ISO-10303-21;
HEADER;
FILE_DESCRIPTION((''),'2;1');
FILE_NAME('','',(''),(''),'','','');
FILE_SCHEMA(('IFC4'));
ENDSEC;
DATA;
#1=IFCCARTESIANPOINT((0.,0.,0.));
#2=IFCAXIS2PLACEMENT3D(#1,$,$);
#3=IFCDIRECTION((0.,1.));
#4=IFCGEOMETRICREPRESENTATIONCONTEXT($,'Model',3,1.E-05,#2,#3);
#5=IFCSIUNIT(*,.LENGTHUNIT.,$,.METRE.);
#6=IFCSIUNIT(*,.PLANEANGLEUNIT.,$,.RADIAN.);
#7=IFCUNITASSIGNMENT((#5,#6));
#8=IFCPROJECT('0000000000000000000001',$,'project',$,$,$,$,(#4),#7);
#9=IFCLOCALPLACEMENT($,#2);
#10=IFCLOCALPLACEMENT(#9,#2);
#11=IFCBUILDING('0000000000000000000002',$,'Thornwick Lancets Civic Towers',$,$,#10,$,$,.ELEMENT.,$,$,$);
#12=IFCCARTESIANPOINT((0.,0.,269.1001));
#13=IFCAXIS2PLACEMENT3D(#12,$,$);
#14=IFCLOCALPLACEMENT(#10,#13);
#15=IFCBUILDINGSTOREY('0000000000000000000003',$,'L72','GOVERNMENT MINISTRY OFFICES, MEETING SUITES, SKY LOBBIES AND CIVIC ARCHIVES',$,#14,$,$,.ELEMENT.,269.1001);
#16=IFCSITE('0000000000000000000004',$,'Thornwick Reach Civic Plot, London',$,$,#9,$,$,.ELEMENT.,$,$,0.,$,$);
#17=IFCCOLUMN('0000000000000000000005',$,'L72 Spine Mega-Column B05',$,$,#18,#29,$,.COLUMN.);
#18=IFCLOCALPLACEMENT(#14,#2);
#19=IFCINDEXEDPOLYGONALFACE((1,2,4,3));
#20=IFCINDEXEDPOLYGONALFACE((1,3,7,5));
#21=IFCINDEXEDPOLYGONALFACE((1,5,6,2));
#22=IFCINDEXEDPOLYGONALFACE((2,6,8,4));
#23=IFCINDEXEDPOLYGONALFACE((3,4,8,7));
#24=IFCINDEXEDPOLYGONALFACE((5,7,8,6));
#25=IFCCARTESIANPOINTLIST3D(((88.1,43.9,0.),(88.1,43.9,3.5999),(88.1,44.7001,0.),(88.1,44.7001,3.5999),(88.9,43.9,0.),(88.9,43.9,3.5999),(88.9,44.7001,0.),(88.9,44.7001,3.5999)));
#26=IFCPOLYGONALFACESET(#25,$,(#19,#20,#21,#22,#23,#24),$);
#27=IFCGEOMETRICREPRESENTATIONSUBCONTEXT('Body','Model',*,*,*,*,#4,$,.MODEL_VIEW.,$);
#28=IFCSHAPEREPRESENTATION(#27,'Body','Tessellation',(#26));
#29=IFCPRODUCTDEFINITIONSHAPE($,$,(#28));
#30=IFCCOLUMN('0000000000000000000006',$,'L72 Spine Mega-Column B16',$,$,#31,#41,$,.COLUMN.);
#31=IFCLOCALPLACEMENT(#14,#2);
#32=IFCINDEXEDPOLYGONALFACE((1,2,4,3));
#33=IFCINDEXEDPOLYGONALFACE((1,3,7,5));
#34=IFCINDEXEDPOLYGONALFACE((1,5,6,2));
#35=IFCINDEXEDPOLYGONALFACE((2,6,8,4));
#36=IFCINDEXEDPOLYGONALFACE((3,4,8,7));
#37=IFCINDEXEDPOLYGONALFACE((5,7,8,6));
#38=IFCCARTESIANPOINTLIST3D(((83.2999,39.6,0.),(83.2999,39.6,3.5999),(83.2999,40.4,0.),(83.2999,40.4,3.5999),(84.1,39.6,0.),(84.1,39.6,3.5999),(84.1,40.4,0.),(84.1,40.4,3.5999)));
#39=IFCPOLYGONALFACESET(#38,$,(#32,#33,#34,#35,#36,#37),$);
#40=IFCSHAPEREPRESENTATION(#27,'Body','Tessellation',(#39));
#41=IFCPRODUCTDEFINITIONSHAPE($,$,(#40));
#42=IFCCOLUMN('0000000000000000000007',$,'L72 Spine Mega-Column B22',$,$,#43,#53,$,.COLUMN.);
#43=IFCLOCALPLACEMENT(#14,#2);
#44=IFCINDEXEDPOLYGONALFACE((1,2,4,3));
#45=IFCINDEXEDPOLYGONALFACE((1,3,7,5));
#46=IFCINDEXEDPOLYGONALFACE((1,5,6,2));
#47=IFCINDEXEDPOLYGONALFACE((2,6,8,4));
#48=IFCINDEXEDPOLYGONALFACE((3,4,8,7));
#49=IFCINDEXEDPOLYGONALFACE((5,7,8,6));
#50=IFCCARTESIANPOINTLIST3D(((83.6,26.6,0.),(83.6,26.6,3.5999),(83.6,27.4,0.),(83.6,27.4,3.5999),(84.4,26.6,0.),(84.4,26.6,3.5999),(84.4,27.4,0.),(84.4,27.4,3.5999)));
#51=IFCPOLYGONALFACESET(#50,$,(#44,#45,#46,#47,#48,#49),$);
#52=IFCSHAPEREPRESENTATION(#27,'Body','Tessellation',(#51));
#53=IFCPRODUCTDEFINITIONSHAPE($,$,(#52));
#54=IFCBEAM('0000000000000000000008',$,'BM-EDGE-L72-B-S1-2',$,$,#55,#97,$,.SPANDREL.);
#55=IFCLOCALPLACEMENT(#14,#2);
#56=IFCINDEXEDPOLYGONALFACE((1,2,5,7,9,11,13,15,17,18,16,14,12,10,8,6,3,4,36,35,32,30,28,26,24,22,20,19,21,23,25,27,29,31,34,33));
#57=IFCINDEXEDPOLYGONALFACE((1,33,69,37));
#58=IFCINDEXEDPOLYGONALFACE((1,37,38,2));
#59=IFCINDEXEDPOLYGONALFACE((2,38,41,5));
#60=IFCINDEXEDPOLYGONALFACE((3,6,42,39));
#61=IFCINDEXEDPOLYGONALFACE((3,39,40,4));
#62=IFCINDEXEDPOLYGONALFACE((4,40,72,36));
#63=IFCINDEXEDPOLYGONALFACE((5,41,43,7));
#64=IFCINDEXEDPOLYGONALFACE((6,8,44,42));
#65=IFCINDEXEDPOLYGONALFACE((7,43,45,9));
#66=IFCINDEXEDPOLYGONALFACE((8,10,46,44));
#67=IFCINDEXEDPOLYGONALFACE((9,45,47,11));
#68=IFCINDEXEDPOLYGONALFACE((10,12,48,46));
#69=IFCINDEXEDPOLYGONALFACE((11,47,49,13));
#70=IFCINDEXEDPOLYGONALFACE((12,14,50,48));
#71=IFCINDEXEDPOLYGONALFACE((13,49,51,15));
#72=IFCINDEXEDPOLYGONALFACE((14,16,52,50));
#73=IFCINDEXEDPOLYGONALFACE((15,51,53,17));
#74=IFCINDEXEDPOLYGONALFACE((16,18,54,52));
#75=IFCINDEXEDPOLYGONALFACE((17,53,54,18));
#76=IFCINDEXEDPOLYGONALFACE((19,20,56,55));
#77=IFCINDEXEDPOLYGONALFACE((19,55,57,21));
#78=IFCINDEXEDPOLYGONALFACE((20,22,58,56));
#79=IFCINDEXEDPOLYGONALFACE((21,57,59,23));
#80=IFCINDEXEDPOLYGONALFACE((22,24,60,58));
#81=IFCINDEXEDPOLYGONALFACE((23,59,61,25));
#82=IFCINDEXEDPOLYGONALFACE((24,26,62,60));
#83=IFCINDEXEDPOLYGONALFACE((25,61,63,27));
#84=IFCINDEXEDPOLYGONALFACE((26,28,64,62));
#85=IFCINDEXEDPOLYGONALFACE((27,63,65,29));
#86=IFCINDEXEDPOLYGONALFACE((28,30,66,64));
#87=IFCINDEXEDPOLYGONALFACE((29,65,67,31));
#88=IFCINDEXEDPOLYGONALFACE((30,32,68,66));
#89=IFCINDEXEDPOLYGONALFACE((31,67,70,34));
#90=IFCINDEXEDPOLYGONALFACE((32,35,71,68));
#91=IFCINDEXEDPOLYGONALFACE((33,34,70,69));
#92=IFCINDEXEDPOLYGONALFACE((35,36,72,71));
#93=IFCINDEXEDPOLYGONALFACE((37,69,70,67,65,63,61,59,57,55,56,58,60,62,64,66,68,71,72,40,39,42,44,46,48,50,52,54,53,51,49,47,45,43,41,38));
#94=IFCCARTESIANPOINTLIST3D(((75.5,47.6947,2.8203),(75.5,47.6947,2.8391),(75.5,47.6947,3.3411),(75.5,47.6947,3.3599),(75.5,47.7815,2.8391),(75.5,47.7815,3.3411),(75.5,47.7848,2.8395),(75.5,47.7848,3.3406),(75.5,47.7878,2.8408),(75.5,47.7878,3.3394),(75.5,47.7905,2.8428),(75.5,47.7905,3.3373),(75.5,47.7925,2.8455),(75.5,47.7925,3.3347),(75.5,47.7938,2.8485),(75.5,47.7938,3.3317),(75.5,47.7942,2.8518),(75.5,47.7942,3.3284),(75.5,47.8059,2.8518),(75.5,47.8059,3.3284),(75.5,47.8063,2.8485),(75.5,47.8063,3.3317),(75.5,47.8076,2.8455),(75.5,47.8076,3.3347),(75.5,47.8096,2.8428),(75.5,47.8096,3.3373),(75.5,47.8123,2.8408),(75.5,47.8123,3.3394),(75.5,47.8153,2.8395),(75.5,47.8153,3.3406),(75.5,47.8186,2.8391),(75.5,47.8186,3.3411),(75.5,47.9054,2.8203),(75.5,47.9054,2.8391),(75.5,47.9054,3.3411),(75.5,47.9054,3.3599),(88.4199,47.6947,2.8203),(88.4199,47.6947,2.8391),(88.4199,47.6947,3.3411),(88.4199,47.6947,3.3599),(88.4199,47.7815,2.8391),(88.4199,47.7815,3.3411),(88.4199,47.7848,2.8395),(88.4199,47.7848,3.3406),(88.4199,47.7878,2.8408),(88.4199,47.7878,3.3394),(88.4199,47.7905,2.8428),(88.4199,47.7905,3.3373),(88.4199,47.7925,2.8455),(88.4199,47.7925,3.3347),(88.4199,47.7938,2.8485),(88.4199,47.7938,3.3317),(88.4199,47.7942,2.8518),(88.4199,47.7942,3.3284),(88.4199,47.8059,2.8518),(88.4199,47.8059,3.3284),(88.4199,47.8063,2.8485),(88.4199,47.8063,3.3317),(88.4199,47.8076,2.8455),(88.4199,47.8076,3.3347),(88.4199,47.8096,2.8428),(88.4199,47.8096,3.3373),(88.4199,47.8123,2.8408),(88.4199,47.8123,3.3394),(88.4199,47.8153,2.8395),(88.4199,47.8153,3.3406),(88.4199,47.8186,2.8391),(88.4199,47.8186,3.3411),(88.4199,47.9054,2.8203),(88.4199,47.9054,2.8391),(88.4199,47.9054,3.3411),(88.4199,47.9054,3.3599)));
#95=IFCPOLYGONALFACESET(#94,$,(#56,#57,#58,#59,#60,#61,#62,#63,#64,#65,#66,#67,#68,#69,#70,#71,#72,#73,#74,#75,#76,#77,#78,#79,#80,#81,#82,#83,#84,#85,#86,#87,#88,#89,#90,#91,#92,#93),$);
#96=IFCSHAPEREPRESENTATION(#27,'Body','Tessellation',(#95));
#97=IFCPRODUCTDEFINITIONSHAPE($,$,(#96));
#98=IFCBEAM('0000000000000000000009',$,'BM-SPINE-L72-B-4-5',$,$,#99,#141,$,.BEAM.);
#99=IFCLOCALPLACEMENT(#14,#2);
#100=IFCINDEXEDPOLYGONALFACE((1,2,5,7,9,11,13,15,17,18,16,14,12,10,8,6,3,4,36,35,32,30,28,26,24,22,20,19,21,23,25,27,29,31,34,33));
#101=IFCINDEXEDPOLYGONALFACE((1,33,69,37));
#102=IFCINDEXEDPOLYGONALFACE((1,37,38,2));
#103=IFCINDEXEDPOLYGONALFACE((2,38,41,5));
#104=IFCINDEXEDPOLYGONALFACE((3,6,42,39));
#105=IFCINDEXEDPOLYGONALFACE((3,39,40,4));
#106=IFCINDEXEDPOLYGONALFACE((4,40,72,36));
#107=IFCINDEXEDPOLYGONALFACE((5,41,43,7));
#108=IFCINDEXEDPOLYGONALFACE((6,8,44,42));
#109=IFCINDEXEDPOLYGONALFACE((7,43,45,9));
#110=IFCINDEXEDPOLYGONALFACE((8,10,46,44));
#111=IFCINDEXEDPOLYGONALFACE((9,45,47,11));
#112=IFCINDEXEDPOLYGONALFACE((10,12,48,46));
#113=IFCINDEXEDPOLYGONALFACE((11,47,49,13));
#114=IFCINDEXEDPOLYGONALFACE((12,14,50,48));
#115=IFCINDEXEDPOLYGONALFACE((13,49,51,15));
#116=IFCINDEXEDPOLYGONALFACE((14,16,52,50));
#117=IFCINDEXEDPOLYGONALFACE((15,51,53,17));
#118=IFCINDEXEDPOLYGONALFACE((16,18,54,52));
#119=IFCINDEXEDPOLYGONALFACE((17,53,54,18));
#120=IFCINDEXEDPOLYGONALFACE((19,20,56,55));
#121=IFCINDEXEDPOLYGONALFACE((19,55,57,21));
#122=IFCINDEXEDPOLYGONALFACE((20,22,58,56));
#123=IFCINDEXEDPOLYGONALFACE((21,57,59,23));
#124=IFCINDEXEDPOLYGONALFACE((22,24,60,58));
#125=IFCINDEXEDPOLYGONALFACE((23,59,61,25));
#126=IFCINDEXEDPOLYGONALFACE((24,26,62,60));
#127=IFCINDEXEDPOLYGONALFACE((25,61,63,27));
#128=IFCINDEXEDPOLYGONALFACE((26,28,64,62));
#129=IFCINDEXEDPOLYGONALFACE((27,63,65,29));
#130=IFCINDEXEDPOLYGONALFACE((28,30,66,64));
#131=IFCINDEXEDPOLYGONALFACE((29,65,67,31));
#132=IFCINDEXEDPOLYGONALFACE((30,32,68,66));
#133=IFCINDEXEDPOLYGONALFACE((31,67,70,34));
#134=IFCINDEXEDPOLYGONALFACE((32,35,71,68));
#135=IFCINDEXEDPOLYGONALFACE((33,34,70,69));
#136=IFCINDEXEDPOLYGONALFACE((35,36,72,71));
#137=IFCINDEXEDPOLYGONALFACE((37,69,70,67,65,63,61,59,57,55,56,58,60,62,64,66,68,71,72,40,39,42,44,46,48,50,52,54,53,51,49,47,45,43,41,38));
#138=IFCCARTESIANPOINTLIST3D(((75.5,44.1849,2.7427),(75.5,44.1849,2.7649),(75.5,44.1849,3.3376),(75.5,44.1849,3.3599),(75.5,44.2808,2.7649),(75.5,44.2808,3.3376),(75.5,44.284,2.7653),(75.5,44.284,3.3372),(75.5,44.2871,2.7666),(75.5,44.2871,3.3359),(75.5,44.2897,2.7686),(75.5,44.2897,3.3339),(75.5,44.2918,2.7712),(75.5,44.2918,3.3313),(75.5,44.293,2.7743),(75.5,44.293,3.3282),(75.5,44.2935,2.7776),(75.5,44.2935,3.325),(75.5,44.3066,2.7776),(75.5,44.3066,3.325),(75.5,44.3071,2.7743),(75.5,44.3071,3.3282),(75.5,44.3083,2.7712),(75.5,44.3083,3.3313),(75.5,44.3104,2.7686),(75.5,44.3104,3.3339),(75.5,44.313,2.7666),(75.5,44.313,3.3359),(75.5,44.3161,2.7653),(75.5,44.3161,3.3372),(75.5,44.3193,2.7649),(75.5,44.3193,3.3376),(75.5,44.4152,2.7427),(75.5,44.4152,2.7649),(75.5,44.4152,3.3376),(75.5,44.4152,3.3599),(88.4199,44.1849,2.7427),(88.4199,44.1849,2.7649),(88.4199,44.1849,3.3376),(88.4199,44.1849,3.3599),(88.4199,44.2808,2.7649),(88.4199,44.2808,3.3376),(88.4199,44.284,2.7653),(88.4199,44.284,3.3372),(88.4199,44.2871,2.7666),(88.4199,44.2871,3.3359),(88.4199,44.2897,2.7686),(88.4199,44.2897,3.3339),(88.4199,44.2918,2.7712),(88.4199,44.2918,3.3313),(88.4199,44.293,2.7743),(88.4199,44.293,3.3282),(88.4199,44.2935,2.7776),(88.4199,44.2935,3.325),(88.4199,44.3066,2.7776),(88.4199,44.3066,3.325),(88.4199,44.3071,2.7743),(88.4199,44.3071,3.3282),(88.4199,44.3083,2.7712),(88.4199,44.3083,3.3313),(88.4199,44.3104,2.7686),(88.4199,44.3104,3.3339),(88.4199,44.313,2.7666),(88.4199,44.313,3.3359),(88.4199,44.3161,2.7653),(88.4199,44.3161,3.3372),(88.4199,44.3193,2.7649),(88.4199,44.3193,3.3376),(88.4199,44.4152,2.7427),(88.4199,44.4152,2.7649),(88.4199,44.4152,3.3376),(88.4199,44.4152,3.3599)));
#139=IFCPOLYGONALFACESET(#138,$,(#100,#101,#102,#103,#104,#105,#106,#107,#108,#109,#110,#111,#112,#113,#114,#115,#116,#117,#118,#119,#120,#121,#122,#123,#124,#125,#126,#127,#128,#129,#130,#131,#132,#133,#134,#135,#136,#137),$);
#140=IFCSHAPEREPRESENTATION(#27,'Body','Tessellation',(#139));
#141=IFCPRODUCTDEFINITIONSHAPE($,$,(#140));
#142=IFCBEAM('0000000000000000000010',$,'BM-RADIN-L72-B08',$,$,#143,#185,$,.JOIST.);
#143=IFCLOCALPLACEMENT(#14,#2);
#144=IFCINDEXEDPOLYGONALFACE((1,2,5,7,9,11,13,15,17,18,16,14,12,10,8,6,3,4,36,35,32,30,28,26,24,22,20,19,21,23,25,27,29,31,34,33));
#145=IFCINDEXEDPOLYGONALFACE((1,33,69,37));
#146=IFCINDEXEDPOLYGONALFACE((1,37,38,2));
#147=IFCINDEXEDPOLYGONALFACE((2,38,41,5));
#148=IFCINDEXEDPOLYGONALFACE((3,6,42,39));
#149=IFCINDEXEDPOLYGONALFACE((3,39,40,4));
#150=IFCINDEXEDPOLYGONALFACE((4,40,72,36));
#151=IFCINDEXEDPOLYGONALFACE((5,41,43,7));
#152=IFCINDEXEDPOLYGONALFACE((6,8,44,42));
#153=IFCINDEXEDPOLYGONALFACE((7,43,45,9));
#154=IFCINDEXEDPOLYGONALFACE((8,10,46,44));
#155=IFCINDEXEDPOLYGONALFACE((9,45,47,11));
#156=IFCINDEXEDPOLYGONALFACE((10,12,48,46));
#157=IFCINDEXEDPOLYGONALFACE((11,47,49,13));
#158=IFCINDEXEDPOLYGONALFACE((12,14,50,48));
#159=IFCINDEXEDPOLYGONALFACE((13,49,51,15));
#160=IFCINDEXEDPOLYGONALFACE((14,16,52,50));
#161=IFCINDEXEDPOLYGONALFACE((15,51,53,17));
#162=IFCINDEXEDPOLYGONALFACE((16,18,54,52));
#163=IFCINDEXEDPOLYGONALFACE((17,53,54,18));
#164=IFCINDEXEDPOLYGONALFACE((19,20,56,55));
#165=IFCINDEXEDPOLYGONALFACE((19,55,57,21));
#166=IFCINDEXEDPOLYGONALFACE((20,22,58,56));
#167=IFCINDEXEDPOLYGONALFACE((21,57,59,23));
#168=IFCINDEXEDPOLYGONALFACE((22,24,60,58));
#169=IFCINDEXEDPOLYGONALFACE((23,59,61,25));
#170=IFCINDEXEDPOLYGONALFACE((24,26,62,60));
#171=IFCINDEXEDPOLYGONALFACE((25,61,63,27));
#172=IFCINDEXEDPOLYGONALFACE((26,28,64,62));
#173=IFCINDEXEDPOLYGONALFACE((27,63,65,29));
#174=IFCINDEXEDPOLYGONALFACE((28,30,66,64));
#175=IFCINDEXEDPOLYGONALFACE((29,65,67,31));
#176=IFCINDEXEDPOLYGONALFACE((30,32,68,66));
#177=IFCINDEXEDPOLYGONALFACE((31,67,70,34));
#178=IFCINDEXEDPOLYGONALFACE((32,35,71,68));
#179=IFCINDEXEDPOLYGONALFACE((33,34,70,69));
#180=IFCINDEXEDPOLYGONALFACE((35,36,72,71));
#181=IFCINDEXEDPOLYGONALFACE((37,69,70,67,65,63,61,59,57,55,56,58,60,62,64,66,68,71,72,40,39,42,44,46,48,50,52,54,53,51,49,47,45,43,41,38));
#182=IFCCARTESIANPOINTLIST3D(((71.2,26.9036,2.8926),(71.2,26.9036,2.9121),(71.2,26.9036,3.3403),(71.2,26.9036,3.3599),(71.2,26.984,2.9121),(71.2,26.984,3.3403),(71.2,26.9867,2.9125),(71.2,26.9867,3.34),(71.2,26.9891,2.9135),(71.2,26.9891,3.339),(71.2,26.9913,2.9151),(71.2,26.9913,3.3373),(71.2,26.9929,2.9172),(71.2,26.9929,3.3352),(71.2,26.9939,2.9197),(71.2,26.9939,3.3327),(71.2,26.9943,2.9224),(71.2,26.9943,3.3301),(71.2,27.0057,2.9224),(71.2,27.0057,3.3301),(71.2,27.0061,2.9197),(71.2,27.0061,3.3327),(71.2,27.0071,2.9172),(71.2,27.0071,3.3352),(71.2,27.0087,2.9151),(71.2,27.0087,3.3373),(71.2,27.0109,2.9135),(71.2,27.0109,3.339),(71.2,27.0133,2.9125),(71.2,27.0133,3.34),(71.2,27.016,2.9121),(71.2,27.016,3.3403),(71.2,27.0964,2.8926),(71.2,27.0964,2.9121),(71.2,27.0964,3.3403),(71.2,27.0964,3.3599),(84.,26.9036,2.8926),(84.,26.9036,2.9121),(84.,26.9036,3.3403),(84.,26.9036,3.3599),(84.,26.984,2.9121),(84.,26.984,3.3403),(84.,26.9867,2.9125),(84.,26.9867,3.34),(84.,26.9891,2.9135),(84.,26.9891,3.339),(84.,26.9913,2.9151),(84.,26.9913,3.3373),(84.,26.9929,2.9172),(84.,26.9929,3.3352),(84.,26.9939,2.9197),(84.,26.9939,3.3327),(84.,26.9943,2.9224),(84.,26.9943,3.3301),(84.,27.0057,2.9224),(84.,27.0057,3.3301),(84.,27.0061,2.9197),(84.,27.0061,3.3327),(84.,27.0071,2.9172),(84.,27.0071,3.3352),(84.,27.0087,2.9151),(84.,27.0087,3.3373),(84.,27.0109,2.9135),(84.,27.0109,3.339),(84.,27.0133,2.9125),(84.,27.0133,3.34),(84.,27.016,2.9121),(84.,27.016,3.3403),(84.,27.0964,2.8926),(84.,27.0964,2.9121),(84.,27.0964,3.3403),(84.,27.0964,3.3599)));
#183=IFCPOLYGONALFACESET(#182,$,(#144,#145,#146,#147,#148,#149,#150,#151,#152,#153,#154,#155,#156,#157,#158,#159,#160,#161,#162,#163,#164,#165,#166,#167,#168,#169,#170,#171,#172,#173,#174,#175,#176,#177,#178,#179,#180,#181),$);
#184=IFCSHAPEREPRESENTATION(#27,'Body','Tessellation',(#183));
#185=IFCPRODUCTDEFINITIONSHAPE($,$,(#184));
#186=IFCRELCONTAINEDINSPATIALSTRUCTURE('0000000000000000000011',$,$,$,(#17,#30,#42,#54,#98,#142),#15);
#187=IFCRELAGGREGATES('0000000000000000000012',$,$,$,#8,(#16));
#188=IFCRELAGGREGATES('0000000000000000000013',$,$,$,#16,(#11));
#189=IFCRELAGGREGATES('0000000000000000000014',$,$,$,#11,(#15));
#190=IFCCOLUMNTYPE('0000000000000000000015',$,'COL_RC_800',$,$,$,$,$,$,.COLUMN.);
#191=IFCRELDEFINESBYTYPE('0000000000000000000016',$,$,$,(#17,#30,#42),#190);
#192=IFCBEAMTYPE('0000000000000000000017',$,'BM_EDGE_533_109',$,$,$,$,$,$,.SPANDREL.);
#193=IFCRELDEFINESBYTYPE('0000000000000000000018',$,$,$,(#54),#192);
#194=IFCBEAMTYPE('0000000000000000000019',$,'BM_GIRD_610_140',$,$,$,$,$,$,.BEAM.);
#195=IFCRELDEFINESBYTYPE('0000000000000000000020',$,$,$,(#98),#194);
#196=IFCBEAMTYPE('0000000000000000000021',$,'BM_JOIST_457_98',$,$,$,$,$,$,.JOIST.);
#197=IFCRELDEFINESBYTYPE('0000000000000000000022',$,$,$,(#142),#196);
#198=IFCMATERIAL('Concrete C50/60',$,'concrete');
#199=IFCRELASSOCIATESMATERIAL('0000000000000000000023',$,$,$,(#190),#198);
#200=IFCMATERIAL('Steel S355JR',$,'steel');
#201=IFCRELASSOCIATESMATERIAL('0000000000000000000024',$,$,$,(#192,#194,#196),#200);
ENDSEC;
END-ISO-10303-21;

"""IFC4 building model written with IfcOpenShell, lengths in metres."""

from ifc_helpers import new_model, si_unit, direction, frame, origin, origin_2d, place, context, subcontext, project, spatial, rectangle, i_section, extrude, material, material_profile, profile_set, type_object, element, save


model = new_model("IFC4")

# Units and contexts
model_context = context("Model", 3, precision=1e-05, world=origin(), true_north=direction((0.0, 1.0)))
body_context = subcontext(model_context, "Body", "Model", "MODEL_VIEW")
ifc_project = project(units=[si_unit("LENGTHUNIT", "METRE"), si_unit("PLANEANGLEUNIT", "RADIAN")], contexts=[model_context])

# Site, building, storey
site_placement = place(None, origin())
site = spatial("IfcSite", under=ifc_project, at=site_placement, Name="Thornwick Reach Civic Plot, London", CompositionType="ELEMENT", RefElevation=0.0)
building_placement = place(site_placement, origin())
building = spatial("IfcBuilding", under=site, at=building_placement, Name="Thornwick Lancets Civic Towers", CompositionType="ELEMENT")
storey_placement = place(building_placement, frame((0.0, 0.0, 269.1001)))
storey = spatial("IfcBuildingStorey", under=building, at=storey_placement, Name="L72", Description="GOVERNMENT MINISTRY OFFICES, MEETING SUITES, SKY LOBBIES AND CIVIC ARCHIVES", CompositionType="ELEMENT", Elevation=269.1001)

# Columns
ifc_material_1 = material(Name="Concrete C50/60", Category="concrete")
ifc_material_profile_1 = material_profile(ifc_material_1, rectangle(XDim=0.8, YDim=0.8, at=origin_2d()), Name="RC 800x800")
ifc_profile_set_1 = profile_set([ifc_material_profile_1], Name="Concrete C50/60")
column_type = type_object("IfcColumnType", Name="COL_RC_800", PredefinedType="COLUMN", material=ifc_profile_set_1)
for number, where, z_axis, x_axis, name in (
    (1, (88.5, 44.3, 0.0), (0.0, 0.0, 1.0), (1.0, 0.0, 0.0), "L72 Spine Mega-Column B05"),
    (2, (83.7, 40.0, 0.0), (0.0, 0.0, 1.0), (1.0, 0.0, 0.0), "L72 Spine Mega-Column B16"),
    (3, (84.0, 27.0, 0.0), (0.0, 0.0, 1.0), (1.0, 0.0, 0.0), "L72 Spine Mega-Column B22"),
):
    element("IfcColumn", number, at=place(storey_placement, frame(where, z_axis=z_axis, x_axis=x_axis)), inside=storey, type_object=column_type, Name=name, PredefinedType="COLUMN", context=body_context, shape_type="SweptSolid", body=[
        extrude(rectangle(XDim=0.8, YDim=0.8, at=origin_2d()), origin(), (0.0, 0.0, 1.0), 3.5999),
    ])

# Beams
ifc_material_2 = material(Name="Steel S355JR", Category="steel")
ifc_material_profile_2 = material_profile(ifc_material_2, i_section(OverallWidth=0.2107, OverallDepth=0.5396, WebThickness=0.0117, FlangeThickness=0.0188, FilletRadius=0.0127, at=origin_2d()), Name="UKB 533x210x109")
ifc_profile_set_2 = profile_set([ifc_material_profile_2], Name="Steel S355JR")
beam_type_1 = type_object("IfcBeamType", Name="BM_EDGE_533_109", PredefinedType="SPANDREL", material=ifc_profile_set_2)
beam_1_placement = place(storey_placement, frame((88.4199, 47.8, 3.0901), z_axis=(-1.0, 0.0, 0.0), x_axis=(0.0, -1.0, 0.0)))
element("IfcBeam", 4, at=beam_1_placement, inside=storey, type_object=beam_type_1, Name="BM-EDGE-L72-B-S1-2", PredefinedType="SPANDREL", context=body_context, shape_type="SweptSolid", body=[
    extrude(i_section(OverallWidth=0.2107, OverallDepth=0.5396, WebThickness=0.0117, FlangeThickness=0.0188, FilletRadius=0.0127, at=origin_2d()), origin(), (0.0, 0.0, 1.0), 12.9199),
])
ifc_material_profile_3 = material_profile(ifc_material_2, i_section(OverallWidth=0.2302, OverallDepth=0.6172, WebThickness=0.0132, FlangeThickness=0.0222, FilletRadius=0.0127, at=origin_2d()), Name="UKB 610x229x140")
ifc_profile_set_3 = profile_set([ifc_material_profile_3], Name="Steel S355JR")
beam_type_2 = type_object("IfcBeamType", Name="BM_GIRD_610_140", PredefinedType="BEAM", material=ifc_profile_set_3)
beam_2_placement = place(storey_placement, frame((88.4199, 44.3, 3.0513), z_axis=(-1.0, 0.0, 0.0), x_axis=(0.0, -1.0, 0.0)))
element("IfcBeam", 5, at=beam_2_placement, inside=storey, type_object=beam_type_2, Name="BM-SPINE-L72-B-4-5", PredefinedType="BEAM", context=body_context, shape_type="SweptSolid", body=[
    extrude(i_section(OverallWidth=0.2302, OverallDepth=0.6172, WebThickness=0.0132, FlangeThickness=0.0222, FilletRadius=0.0127, at=origin_2d()), origin(), (0.0, 0.0, 1.0), 12.9199),
])
ifc_material_profile_4 = material_profile(ifc_material_2, i_section(OverallWidth=0.1929, OverallDepth=0.4673, WebThickness=0.0115, FlangeThickness=0.0195, FilletRadius=0.0103, at=origin_2d()), Name="UKB 457x191x98")
ifc_profile_set_4 = profile_set([ifc_material_profile_4], Name="Steel S355JR")
beam_type_3 = type_object("IfcBeamType", Name="BM_JOIST_457_98", PredefinedType="JOIST", material=ifc_profile_set_4)
beam_3_placement = place(storey_placement, frame((84.0, 27.0, 3.1262), z_axis=(-1.0, 0.0, 0.0), x_axis=(0.0, -1.0, 0.0)))
element("IfcBeam", 6, at=beam_3_placement, inside=storey, type_object=beam_type_3, Name="BM-RADIN-L72-B08", PredefinedType="JOIST", context=body_context, shape_type="SweptSolid", body=[
    extrude(i_section(OverallWidth=0.1929, OverallDepth=0.4673, WebThickness=0.0115, FlangeThickness=0.0195, FilletRadius=0.0103, at=origin_2d()), origin(), (0.0, 0.0, 1.0), 12.8),
])

save(model, "model.ifc")
